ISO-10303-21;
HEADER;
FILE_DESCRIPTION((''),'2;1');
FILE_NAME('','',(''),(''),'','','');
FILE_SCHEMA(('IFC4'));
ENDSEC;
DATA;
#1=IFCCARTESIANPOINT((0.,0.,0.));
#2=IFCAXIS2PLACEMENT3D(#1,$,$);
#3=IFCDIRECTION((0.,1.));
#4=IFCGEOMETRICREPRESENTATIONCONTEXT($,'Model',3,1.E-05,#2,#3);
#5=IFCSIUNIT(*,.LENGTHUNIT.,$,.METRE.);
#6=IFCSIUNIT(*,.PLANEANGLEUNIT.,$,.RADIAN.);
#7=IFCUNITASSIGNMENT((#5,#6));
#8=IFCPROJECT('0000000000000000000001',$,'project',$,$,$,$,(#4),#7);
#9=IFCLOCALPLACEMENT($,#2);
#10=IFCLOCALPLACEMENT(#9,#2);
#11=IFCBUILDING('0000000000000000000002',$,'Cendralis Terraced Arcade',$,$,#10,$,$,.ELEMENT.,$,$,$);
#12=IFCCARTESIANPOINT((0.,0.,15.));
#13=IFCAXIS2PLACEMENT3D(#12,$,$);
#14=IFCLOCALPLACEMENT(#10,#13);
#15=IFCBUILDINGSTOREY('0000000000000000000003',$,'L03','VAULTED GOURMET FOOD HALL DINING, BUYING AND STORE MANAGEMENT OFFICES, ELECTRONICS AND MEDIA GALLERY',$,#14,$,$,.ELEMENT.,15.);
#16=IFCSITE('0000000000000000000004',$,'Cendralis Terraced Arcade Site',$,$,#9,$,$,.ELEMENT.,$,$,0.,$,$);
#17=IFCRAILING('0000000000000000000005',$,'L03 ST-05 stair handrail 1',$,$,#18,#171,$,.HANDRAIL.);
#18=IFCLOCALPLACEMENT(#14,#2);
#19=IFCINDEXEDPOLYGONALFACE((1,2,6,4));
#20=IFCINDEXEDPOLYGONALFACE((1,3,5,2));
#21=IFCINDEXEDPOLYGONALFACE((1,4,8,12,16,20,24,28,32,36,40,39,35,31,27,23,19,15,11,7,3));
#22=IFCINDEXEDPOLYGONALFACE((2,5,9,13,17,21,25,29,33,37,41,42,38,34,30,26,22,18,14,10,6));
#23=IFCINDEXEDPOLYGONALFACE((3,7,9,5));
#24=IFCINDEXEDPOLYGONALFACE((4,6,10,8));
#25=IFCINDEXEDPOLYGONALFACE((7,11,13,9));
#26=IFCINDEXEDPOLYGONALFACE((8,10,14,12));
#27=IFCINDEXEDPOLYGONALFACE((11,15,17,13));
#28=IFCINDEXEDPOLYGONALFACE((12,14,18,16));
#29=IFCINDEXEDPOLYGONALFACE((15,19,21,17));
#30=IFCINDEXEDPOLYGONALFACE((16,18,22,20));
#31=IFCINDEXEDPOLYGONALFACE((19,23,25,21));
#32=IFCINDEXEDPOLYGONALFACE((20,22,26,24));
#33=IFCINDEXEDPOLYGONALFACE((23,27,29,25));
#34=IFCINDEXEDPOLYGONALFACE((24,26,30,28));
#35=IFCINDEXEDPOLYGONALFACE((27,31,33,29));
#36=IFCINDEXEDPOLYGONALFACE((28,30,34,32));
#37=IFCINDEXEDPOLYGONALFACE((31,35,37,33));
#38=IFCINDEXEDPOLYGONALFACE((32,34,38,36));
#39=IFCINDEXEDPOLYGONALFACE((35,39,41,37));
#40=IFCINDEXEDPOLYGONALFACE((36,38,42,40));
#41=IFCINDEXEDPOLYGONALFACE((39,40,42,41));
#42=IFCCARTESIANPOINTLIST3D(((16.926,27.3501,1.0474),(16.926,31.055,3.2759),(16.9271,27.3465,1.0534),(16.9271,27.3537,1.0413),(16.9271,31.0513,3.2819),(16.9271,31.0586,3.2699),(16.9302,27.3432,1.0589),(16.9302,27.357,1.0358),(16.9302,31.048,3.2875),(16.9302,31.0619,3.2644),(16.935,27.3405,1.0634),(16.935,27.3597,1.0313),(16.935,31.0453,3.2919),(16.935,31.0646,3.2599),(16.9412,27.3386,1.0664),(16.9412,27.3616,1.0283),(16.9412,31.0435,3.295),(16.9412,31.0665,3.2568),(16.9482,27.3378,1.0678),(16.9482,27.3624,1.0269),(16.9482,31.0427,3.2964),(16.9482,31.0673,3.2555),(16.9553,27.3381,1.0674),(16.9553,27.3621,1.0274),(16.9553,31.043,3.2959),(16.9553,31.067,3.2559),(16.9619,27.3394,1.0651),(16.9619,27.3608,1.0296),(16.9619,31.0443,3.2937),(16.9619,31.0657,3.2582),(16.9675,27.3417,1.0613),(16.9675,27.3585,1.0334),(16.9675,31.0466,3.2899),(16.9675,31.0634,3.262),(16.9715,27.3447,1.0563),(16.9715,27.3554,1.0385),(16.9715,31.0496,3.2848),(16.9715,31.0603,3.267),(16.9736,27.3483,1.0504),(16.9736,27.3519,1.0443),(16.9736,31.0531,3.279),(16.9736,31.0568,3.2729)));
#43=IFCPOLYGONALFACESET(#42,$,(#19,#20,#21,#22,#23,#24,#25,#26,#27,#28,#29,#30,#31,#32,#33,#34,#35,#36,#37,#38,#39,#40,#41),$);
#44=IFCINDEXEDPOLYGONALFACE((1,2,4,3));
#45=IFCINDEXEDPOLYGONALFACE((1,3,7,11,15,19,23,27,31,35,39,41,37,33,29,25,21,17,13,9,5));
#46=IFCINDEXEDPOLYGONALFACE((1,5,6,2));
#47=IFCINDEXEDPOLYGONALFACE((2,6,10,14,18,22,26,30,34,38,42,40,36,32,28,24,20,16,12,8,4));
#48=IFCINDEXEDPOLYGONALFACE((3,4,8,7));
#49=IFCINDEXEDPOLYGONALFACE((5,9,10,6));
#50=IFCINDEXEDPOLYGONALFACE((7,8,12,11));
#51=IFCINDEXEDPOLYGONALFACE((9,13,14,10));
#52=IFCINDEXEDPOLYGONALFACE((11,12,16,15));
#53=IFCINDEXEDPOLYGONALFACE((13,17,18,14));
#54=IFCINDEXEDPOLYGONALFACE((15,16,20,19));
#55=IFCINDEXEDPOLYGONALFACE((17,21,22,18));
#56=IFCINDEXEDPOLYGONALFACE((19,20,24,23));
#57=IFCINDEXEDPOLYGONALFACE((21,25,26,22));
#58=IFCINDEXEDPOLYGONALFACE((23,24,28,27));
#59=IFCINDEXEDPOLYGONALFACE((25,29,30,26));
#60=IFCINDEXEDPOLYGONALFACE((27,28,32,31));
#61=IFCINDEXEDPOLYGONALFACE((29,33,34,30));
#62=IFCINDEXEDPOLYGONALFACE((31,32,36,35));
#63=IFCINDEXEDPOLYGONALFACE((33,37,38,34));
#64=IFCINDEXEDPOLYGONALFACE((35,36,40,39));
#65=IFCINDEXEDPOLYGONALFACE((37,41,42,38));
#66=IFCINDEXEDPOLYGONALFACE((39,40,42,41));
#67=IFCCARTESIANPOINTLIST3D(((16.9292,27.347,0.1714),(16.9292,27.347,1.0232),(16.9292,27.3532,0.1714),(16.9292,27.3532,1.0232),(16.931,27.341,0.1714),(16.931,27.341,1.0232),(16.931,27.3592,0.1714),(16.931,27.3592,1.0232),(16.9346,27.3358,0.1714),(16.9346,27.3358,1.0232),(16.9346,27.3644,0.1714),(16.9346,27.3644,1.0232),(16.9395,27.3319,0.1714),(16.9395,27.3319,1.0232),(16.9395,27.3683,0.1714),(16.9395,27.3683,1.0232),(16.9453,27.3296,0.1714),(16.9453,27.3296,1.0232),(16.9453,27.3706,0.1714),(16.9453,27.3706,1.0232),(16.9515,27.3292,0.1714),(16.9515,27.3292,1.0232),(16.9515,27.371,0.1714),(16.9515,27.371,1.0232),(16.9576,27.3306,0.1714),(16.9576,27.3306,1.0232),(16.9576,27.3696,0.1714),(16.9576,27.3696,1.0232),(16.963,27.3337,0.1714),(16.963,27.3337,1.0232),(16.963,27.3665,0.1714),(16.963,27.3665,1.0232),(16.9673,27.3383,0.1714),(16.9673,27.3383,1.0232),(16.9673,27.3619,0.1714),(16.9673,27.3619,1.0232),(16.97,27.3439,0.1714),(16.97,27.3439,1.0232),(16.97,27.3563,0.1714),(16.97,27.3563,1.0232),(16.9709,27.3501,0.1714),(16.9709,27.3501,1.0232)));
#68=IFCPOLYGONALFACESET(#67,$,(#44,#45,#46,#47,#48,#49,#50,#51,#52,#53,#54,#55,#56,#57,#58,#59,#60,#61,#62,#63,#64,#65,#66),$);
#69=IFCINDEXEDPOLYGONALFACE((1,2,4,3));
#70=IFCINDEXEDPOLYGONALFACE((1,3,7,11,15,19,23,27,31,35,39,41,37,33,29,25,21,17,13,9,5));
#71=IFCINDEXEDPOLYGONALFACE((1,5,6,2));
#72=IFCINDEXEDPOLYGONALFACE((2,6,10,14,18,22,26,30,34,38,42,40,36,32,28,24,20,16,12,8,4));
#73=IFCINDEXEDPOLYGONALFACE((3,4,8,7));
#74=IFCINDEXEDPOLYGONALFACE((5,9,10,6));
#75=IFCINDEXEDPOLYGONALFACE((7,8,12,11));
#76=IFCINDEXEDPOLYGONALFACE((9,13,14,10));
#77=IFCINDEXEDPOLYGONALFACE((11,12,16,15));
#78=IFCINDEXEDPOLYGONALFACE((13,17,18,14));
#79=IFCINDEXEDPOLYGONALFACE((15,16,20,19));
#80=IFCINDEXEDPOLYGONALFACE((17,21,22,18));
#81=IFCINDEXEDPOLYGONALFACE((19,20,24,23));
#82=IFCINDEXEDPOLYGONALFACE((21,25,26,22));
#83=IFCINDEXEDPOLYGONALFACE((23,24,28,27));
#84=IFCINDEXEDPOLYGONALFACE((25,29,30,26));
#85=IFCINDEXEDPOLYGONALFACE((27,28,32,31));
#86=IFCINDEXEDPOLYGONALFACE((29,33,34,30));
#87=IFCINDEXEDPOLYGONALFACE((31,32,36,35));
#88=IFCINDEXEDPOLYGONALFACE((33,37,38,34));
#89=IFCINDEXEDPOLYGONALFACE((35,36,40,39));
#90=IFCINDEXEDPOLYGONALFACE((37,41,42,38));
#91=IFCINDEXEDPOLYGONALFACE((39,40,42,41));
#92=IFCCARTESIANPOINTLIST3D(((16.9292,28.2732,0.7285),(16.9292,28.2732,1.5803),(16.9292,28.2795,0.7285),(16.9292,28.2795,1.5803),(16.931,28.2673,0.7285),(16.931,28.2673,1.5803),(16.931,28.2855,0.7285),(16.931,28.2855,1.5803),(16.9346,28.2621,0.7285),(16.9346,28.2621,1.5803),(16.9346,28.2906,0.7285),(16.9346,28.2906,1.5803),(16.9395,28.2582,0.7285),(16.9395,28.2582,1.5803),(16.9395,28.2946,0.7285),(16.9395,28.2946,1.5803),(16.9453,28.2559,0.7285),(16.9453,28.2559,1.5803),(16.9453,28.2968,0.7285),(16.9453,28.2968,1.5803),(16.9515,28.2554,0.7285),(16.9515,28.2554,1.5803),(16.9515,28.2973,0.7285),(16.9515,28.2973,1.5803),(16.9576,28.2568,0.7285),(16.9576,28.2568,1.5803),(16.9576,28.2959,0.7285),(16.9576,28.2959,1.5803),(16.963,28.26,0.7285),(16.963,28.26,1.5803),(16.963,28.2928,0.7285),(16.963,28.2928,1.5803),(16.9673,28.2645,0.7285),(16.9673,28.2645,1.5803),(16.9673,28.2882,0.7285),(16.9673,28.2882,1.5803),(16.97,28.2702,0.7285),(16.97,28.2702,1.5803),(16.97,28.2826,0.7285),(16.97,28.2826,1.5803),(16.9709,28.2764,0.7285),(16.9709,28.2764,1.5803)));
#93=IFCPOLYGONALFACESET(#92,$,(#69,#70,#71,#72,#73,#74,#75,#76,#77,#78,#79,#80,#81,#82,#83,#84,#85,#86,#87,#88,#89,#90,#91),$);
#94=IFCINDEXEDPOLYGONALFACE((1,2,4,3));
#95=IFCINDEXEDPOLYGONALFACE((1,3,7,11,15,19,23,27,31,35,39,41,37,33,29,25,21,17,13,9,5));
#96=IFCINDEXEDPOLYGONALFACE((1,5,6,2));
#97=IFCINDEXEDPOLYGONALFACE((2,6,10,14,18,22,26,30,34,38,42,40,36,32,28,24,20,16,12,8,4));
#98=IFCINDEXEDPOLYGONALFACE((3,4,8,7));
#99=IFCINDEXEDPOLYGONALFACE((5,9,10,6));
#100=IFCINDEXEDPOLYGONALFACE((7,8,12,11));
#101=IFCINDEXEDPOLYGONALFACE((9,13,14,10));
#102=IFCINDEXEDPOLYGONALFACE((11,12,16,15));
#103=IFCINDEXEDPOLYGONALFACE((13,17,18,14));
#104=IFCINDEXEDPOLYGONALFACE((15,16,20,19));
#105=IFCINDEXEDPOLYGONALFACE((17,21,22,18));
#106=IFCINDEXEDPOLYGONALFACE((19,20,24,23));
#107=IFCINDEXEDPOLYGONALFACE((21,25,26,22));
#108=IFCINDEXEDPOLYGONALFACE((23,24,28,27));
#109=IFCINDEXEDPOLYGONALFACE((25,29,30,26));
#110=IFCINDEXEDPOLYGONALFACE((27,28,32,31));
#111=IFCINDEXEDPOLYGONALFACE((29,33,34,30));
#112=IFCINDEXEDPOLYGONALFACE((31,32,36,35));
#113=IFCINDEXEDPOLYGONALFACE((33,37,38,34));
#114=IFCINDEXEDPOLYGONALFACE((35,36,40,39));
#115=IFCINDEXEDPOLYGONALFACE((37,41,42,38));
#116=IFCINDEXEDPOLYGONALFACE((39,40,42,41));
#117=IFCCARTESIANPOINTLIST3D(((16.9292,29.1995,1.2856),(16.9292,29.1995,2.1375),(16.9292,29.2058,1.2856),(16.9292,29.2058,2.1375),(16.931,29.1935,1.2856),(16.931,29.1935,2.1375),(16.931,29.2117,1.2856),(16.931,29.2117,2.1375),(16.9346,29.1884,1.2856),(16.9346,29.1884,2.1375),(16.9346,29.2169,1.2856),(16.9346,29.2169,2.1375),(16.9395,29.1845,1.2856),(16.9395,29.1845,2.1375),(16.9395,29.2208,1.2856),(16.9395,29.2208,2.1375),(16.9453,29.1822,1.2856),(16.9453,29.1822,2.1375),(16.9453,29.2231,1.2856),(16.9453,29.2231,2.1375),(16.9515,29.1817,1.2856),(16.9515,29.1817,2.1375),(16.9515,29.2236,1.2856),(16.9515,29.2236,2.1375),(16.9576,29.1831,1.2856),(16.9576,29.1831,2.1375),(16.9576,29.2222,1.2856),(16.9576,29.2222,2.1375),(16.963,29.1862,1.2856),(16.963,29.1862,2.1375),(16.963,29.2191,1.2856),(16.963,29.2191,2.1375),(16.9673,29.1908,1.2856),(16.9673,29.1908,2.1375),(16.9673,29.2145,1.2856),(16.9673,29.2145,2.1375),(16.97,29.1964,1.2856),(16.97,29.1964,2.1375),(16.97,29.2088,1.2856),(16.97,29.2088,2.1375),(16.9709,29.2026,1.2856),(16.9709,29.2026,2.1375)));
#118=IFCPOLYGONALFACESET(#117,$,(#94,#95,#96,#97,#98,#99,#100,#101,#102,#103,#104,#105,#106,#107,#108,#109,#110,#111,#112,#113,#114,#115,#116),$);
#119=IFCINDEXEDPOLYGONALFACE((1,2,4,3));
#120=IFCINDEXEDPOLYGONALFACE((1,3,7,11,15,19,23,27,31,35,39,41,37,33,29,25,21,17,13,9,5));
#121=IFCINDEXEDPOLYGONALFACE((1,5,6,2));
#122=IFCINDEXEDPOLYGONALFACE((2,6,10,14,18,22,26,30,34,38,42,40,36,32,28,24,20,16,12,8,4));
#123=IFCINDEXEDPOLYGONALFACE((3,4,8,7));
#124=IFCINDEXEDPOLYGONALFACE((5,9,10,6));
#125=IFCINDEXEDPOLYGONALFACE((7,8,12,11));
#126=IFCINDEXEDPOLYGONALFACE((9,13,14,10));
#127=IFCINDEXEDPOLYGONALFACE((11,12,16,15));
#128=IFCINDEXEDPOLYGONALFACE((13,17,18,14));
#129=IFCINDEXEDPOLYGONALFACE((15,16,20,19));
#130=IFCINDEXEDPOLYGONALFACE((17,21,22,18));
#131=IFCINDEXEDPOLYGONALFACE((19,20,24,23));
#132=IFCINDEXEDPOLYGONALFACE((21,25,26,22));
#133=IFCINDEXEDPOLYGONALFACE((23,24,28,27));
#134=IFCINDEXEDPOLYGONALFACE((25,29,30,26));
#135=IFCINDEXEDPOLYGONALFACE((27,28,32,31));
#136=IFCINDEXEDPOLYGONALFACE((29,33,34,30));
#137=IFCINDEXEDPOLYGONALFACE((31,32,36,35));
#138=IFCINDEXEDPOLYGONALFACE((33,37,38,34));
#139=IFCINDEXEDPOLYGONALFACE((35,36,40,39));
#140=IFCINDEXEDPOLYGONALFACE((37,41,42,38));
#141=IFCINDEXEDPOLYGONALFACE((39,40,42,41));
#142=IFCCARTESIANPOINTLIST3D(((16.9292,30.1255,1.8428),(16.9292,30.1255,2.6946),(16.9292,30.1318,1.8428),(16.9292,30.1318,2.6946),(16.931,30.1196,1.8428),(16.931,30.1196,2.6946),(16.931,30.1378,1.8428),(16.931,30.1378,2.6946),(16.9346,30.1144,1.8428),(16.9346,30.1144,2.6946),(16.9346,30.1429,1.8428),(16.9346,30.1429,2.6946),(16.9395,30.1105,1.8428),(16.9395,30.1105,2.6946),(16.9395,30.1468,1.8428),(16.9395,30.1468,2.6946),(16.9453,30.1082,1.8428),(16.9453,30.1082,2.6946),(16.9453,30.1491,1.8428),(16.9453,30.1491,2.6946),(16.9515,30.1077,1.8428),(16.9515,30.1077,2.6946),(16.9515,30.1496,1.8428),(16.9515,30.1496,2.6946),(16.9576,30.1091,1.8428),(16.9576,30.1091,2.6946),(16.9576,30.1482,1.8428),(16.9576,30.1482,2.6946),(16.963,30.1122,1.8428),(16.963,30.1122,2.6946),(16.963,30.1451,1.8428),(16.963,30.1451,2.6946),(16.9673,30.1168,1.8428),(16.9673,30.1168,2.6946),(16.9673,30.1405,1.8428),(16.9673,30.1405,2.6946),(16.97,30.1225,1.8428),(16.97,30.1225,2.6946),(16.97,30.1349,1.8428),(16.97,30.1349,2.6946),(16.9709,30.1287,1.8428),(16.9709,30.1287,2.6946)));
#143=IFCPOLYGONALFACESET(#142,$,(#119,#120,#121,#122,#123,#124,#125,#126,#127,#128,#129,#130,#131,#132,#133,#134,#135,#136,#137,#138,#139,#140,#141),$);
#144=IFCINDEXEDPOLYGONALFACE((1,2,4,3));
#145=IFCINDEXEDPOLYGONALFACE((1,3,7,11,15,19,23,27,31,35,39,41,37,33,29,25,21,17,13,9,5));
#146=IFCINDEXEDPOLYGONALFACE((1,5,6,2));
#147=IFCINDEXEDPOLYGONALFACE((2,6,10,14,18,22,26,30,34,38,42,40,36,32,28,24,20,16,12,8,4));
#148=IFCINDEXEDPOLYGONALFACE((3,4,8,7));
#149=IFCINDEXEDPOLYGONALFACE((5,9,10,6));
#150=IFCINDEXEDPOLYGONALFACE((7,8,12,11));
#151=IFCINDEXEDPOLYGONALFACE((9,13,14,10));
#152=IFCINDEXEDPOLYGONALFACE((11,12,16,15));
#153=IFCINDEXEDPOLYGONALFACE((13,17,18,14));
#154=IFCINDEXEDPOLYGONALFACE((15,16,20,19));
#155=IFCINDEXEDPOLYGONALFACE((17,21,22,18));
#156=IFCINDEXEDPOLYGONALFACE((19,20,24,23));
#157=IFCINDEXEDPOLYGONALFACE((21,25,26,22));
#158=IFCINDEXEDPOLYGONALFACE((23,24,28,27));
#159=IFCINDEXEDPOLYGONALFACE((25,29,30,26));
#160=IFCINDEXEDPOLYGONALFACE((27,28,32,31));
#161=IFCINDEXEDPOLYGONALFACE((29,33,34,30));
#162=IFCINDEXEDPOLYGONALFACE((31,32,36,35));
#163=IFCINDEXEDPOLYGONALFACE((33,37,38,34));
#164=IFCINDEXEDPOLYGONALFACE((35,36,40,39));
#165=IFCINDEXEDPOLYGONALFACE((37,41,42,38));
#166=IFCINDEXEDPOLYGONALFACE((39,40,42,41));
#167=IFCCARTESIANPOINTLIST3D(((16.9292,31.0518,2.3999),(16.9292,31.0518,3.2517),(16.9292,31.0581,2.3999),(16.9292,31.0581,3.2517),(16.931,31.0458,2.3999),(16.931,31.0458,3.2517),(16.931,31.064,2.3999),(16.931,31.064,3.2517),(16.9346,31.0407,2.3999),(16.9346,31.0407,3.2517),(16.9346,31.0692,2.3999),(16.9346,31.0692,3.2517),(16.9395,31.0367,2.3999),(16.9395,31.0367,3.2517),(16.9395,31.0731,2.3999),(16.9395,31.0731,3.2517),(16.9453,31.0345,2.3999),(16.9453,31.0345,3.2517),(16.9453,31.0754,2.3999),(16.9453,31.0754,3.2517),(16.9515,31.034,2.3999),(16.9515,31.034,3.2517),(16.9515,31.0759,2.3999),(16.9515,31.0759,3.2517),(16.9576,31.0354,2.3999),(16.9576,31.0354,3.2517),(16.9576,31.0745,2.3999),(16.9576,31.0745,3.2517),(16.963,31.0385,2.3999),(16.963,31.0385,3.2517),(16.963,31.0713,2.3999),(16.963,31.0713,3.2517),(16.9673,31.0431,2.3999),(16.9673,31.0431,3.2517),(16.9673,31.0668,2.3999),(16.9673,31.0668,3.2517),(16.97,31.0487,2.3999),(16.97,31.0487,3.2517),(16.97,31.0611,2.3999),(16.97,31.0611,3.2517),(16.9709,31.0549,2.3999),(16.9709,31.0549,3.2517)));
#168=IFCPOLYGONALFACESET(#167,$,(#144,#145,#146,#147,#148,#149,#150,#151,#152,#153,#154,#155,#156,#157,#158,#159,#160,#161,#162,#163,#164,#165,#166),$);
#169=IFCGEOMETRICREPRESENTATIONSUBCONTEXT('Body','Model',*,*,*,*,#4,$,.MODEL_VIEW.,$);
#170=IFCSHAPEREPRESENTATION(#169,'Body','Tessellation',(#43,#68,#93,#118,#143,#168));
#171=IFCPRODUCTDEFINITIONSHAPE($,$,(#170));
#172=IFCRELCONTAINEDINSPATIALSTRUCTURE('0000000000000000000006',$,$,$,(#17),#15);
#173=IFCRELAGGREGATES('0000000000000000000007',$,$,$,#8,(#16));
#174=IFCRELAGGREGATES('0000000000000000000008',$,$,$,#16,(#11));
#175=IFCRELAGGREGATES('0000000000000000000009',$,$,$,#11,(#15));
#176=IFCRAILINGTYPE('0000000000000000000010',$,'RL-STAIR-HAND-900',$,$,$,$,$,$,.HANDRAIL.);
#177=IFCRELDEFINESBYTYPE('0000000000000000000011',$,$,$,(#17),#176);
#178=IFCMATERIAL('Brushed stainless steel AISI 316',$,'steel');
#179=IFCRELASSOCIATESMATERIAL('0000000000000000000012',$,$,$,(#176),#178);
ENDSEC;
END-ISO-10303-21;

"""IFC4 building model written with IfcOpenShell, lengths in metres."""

from ifc_helpers import new_model, si_unit, direction, frame, origin, origin_2d, place, context, subcontext, project, spatial, circle, extrude, material, type_object, element, save


model = new_model("IFC4")

# Units and contexts
model_context = context("Model", 3, precision=1e-05, world=origin(), true_north=direction((0.0, 1.0)))
body_context = subcontext(model_context, "Body", "Model", "MODEL_VIEW")
ifc_project = project(units=[si_unit("LENGTHUNIT", "METRE"), si_unit("PLANEANGLEUNIT", "RADIAN")], contexts=[model_context])

# Site, building, storey
site_placement = place(None, origin())
site = spatial("IfcSite", under=ifc_project, at=site_placement, Name="Cendralis Terraced Arcade Site", CompositionType="ELEMENT", RefElevation=0.0)
building_placement = place(site_placement, origin())
building = spatial("IfcBuilding", under=site, at=building_placement, Name="Cendralis Terraced Arcade", CompositionType="ELEMENT")
storey_placement = place(building_placement, frame((0.0, 0.0, 15.0)))
storey = spatial("IfcBuildingStorey", under=building, at=storey_placement, Name="L03", Description="VAULTED GOURMET FOOD HALL DINING, BUYING AND STORE MANAGEMENT OFFICES, ELECTRONICS AND MEDIA GALLERY", CompositionType="ELEMENT", Elevation=15.0)

# Railing
ifc_material_1 = material(Name="Brushed stainless steel AISI 316", Category="steel")
railing_type_1 = type_object("IfcRailingType", Name="RL-STAIR-HAND-900", PredefinedType="HANDRAIL", material=ifc_material_1)
railing_1_placement = place(storey_placement, frame((16.95, 27.3501, 0.1714)))
element("IfcRailing", 1, at=railing_1_placement, inside=storey, type_object=railing_type_1, Name="L03 ST-05 stair handrail 1", PredefinedType="HANDRAIL", context=body_context, shape_type="SweptSolid", body=[
    extrude(circle(Radius=0.0239, at=origin_2d()), frame((0.0, 0.0, 0.876), z_axis=(0.0, 0.856919, 0.51545), x_axis=(-1.0, 0.0, 0.0)), (0.0, 0.0, 1.0), 4.3235),
    extrude(circle(Radius=0.021, at=origin_2d()), origin(), (0.0, 0.0, 1.0), 0.8518),
    extrude(circle(Radius=0.021, at=origin_2d()), frame((0.0, 0.9263, 0.5571)), (0.0, 0.0, 1.0), 0.8518),
    extrude(circle(Radius=0.021, at=origin_2d()), frame((0.0, 1.8525, 1.1143)), (0.0, 0.0, 1.0), 0.8518),
    extrude(circle(Radius=0.021, at=origin_2d()), frame((0.0, 2.7786, 1.6714)), (0.0, 0.0, 1.0), 0.8518),
    extrude(circle(Radius=0.021, at=origin_2d()), frame((0.0, 3.7048, 2.2285)), (0.0, 0.0, 1.0), 0.8518),
])

save(model, "model.ifc")
